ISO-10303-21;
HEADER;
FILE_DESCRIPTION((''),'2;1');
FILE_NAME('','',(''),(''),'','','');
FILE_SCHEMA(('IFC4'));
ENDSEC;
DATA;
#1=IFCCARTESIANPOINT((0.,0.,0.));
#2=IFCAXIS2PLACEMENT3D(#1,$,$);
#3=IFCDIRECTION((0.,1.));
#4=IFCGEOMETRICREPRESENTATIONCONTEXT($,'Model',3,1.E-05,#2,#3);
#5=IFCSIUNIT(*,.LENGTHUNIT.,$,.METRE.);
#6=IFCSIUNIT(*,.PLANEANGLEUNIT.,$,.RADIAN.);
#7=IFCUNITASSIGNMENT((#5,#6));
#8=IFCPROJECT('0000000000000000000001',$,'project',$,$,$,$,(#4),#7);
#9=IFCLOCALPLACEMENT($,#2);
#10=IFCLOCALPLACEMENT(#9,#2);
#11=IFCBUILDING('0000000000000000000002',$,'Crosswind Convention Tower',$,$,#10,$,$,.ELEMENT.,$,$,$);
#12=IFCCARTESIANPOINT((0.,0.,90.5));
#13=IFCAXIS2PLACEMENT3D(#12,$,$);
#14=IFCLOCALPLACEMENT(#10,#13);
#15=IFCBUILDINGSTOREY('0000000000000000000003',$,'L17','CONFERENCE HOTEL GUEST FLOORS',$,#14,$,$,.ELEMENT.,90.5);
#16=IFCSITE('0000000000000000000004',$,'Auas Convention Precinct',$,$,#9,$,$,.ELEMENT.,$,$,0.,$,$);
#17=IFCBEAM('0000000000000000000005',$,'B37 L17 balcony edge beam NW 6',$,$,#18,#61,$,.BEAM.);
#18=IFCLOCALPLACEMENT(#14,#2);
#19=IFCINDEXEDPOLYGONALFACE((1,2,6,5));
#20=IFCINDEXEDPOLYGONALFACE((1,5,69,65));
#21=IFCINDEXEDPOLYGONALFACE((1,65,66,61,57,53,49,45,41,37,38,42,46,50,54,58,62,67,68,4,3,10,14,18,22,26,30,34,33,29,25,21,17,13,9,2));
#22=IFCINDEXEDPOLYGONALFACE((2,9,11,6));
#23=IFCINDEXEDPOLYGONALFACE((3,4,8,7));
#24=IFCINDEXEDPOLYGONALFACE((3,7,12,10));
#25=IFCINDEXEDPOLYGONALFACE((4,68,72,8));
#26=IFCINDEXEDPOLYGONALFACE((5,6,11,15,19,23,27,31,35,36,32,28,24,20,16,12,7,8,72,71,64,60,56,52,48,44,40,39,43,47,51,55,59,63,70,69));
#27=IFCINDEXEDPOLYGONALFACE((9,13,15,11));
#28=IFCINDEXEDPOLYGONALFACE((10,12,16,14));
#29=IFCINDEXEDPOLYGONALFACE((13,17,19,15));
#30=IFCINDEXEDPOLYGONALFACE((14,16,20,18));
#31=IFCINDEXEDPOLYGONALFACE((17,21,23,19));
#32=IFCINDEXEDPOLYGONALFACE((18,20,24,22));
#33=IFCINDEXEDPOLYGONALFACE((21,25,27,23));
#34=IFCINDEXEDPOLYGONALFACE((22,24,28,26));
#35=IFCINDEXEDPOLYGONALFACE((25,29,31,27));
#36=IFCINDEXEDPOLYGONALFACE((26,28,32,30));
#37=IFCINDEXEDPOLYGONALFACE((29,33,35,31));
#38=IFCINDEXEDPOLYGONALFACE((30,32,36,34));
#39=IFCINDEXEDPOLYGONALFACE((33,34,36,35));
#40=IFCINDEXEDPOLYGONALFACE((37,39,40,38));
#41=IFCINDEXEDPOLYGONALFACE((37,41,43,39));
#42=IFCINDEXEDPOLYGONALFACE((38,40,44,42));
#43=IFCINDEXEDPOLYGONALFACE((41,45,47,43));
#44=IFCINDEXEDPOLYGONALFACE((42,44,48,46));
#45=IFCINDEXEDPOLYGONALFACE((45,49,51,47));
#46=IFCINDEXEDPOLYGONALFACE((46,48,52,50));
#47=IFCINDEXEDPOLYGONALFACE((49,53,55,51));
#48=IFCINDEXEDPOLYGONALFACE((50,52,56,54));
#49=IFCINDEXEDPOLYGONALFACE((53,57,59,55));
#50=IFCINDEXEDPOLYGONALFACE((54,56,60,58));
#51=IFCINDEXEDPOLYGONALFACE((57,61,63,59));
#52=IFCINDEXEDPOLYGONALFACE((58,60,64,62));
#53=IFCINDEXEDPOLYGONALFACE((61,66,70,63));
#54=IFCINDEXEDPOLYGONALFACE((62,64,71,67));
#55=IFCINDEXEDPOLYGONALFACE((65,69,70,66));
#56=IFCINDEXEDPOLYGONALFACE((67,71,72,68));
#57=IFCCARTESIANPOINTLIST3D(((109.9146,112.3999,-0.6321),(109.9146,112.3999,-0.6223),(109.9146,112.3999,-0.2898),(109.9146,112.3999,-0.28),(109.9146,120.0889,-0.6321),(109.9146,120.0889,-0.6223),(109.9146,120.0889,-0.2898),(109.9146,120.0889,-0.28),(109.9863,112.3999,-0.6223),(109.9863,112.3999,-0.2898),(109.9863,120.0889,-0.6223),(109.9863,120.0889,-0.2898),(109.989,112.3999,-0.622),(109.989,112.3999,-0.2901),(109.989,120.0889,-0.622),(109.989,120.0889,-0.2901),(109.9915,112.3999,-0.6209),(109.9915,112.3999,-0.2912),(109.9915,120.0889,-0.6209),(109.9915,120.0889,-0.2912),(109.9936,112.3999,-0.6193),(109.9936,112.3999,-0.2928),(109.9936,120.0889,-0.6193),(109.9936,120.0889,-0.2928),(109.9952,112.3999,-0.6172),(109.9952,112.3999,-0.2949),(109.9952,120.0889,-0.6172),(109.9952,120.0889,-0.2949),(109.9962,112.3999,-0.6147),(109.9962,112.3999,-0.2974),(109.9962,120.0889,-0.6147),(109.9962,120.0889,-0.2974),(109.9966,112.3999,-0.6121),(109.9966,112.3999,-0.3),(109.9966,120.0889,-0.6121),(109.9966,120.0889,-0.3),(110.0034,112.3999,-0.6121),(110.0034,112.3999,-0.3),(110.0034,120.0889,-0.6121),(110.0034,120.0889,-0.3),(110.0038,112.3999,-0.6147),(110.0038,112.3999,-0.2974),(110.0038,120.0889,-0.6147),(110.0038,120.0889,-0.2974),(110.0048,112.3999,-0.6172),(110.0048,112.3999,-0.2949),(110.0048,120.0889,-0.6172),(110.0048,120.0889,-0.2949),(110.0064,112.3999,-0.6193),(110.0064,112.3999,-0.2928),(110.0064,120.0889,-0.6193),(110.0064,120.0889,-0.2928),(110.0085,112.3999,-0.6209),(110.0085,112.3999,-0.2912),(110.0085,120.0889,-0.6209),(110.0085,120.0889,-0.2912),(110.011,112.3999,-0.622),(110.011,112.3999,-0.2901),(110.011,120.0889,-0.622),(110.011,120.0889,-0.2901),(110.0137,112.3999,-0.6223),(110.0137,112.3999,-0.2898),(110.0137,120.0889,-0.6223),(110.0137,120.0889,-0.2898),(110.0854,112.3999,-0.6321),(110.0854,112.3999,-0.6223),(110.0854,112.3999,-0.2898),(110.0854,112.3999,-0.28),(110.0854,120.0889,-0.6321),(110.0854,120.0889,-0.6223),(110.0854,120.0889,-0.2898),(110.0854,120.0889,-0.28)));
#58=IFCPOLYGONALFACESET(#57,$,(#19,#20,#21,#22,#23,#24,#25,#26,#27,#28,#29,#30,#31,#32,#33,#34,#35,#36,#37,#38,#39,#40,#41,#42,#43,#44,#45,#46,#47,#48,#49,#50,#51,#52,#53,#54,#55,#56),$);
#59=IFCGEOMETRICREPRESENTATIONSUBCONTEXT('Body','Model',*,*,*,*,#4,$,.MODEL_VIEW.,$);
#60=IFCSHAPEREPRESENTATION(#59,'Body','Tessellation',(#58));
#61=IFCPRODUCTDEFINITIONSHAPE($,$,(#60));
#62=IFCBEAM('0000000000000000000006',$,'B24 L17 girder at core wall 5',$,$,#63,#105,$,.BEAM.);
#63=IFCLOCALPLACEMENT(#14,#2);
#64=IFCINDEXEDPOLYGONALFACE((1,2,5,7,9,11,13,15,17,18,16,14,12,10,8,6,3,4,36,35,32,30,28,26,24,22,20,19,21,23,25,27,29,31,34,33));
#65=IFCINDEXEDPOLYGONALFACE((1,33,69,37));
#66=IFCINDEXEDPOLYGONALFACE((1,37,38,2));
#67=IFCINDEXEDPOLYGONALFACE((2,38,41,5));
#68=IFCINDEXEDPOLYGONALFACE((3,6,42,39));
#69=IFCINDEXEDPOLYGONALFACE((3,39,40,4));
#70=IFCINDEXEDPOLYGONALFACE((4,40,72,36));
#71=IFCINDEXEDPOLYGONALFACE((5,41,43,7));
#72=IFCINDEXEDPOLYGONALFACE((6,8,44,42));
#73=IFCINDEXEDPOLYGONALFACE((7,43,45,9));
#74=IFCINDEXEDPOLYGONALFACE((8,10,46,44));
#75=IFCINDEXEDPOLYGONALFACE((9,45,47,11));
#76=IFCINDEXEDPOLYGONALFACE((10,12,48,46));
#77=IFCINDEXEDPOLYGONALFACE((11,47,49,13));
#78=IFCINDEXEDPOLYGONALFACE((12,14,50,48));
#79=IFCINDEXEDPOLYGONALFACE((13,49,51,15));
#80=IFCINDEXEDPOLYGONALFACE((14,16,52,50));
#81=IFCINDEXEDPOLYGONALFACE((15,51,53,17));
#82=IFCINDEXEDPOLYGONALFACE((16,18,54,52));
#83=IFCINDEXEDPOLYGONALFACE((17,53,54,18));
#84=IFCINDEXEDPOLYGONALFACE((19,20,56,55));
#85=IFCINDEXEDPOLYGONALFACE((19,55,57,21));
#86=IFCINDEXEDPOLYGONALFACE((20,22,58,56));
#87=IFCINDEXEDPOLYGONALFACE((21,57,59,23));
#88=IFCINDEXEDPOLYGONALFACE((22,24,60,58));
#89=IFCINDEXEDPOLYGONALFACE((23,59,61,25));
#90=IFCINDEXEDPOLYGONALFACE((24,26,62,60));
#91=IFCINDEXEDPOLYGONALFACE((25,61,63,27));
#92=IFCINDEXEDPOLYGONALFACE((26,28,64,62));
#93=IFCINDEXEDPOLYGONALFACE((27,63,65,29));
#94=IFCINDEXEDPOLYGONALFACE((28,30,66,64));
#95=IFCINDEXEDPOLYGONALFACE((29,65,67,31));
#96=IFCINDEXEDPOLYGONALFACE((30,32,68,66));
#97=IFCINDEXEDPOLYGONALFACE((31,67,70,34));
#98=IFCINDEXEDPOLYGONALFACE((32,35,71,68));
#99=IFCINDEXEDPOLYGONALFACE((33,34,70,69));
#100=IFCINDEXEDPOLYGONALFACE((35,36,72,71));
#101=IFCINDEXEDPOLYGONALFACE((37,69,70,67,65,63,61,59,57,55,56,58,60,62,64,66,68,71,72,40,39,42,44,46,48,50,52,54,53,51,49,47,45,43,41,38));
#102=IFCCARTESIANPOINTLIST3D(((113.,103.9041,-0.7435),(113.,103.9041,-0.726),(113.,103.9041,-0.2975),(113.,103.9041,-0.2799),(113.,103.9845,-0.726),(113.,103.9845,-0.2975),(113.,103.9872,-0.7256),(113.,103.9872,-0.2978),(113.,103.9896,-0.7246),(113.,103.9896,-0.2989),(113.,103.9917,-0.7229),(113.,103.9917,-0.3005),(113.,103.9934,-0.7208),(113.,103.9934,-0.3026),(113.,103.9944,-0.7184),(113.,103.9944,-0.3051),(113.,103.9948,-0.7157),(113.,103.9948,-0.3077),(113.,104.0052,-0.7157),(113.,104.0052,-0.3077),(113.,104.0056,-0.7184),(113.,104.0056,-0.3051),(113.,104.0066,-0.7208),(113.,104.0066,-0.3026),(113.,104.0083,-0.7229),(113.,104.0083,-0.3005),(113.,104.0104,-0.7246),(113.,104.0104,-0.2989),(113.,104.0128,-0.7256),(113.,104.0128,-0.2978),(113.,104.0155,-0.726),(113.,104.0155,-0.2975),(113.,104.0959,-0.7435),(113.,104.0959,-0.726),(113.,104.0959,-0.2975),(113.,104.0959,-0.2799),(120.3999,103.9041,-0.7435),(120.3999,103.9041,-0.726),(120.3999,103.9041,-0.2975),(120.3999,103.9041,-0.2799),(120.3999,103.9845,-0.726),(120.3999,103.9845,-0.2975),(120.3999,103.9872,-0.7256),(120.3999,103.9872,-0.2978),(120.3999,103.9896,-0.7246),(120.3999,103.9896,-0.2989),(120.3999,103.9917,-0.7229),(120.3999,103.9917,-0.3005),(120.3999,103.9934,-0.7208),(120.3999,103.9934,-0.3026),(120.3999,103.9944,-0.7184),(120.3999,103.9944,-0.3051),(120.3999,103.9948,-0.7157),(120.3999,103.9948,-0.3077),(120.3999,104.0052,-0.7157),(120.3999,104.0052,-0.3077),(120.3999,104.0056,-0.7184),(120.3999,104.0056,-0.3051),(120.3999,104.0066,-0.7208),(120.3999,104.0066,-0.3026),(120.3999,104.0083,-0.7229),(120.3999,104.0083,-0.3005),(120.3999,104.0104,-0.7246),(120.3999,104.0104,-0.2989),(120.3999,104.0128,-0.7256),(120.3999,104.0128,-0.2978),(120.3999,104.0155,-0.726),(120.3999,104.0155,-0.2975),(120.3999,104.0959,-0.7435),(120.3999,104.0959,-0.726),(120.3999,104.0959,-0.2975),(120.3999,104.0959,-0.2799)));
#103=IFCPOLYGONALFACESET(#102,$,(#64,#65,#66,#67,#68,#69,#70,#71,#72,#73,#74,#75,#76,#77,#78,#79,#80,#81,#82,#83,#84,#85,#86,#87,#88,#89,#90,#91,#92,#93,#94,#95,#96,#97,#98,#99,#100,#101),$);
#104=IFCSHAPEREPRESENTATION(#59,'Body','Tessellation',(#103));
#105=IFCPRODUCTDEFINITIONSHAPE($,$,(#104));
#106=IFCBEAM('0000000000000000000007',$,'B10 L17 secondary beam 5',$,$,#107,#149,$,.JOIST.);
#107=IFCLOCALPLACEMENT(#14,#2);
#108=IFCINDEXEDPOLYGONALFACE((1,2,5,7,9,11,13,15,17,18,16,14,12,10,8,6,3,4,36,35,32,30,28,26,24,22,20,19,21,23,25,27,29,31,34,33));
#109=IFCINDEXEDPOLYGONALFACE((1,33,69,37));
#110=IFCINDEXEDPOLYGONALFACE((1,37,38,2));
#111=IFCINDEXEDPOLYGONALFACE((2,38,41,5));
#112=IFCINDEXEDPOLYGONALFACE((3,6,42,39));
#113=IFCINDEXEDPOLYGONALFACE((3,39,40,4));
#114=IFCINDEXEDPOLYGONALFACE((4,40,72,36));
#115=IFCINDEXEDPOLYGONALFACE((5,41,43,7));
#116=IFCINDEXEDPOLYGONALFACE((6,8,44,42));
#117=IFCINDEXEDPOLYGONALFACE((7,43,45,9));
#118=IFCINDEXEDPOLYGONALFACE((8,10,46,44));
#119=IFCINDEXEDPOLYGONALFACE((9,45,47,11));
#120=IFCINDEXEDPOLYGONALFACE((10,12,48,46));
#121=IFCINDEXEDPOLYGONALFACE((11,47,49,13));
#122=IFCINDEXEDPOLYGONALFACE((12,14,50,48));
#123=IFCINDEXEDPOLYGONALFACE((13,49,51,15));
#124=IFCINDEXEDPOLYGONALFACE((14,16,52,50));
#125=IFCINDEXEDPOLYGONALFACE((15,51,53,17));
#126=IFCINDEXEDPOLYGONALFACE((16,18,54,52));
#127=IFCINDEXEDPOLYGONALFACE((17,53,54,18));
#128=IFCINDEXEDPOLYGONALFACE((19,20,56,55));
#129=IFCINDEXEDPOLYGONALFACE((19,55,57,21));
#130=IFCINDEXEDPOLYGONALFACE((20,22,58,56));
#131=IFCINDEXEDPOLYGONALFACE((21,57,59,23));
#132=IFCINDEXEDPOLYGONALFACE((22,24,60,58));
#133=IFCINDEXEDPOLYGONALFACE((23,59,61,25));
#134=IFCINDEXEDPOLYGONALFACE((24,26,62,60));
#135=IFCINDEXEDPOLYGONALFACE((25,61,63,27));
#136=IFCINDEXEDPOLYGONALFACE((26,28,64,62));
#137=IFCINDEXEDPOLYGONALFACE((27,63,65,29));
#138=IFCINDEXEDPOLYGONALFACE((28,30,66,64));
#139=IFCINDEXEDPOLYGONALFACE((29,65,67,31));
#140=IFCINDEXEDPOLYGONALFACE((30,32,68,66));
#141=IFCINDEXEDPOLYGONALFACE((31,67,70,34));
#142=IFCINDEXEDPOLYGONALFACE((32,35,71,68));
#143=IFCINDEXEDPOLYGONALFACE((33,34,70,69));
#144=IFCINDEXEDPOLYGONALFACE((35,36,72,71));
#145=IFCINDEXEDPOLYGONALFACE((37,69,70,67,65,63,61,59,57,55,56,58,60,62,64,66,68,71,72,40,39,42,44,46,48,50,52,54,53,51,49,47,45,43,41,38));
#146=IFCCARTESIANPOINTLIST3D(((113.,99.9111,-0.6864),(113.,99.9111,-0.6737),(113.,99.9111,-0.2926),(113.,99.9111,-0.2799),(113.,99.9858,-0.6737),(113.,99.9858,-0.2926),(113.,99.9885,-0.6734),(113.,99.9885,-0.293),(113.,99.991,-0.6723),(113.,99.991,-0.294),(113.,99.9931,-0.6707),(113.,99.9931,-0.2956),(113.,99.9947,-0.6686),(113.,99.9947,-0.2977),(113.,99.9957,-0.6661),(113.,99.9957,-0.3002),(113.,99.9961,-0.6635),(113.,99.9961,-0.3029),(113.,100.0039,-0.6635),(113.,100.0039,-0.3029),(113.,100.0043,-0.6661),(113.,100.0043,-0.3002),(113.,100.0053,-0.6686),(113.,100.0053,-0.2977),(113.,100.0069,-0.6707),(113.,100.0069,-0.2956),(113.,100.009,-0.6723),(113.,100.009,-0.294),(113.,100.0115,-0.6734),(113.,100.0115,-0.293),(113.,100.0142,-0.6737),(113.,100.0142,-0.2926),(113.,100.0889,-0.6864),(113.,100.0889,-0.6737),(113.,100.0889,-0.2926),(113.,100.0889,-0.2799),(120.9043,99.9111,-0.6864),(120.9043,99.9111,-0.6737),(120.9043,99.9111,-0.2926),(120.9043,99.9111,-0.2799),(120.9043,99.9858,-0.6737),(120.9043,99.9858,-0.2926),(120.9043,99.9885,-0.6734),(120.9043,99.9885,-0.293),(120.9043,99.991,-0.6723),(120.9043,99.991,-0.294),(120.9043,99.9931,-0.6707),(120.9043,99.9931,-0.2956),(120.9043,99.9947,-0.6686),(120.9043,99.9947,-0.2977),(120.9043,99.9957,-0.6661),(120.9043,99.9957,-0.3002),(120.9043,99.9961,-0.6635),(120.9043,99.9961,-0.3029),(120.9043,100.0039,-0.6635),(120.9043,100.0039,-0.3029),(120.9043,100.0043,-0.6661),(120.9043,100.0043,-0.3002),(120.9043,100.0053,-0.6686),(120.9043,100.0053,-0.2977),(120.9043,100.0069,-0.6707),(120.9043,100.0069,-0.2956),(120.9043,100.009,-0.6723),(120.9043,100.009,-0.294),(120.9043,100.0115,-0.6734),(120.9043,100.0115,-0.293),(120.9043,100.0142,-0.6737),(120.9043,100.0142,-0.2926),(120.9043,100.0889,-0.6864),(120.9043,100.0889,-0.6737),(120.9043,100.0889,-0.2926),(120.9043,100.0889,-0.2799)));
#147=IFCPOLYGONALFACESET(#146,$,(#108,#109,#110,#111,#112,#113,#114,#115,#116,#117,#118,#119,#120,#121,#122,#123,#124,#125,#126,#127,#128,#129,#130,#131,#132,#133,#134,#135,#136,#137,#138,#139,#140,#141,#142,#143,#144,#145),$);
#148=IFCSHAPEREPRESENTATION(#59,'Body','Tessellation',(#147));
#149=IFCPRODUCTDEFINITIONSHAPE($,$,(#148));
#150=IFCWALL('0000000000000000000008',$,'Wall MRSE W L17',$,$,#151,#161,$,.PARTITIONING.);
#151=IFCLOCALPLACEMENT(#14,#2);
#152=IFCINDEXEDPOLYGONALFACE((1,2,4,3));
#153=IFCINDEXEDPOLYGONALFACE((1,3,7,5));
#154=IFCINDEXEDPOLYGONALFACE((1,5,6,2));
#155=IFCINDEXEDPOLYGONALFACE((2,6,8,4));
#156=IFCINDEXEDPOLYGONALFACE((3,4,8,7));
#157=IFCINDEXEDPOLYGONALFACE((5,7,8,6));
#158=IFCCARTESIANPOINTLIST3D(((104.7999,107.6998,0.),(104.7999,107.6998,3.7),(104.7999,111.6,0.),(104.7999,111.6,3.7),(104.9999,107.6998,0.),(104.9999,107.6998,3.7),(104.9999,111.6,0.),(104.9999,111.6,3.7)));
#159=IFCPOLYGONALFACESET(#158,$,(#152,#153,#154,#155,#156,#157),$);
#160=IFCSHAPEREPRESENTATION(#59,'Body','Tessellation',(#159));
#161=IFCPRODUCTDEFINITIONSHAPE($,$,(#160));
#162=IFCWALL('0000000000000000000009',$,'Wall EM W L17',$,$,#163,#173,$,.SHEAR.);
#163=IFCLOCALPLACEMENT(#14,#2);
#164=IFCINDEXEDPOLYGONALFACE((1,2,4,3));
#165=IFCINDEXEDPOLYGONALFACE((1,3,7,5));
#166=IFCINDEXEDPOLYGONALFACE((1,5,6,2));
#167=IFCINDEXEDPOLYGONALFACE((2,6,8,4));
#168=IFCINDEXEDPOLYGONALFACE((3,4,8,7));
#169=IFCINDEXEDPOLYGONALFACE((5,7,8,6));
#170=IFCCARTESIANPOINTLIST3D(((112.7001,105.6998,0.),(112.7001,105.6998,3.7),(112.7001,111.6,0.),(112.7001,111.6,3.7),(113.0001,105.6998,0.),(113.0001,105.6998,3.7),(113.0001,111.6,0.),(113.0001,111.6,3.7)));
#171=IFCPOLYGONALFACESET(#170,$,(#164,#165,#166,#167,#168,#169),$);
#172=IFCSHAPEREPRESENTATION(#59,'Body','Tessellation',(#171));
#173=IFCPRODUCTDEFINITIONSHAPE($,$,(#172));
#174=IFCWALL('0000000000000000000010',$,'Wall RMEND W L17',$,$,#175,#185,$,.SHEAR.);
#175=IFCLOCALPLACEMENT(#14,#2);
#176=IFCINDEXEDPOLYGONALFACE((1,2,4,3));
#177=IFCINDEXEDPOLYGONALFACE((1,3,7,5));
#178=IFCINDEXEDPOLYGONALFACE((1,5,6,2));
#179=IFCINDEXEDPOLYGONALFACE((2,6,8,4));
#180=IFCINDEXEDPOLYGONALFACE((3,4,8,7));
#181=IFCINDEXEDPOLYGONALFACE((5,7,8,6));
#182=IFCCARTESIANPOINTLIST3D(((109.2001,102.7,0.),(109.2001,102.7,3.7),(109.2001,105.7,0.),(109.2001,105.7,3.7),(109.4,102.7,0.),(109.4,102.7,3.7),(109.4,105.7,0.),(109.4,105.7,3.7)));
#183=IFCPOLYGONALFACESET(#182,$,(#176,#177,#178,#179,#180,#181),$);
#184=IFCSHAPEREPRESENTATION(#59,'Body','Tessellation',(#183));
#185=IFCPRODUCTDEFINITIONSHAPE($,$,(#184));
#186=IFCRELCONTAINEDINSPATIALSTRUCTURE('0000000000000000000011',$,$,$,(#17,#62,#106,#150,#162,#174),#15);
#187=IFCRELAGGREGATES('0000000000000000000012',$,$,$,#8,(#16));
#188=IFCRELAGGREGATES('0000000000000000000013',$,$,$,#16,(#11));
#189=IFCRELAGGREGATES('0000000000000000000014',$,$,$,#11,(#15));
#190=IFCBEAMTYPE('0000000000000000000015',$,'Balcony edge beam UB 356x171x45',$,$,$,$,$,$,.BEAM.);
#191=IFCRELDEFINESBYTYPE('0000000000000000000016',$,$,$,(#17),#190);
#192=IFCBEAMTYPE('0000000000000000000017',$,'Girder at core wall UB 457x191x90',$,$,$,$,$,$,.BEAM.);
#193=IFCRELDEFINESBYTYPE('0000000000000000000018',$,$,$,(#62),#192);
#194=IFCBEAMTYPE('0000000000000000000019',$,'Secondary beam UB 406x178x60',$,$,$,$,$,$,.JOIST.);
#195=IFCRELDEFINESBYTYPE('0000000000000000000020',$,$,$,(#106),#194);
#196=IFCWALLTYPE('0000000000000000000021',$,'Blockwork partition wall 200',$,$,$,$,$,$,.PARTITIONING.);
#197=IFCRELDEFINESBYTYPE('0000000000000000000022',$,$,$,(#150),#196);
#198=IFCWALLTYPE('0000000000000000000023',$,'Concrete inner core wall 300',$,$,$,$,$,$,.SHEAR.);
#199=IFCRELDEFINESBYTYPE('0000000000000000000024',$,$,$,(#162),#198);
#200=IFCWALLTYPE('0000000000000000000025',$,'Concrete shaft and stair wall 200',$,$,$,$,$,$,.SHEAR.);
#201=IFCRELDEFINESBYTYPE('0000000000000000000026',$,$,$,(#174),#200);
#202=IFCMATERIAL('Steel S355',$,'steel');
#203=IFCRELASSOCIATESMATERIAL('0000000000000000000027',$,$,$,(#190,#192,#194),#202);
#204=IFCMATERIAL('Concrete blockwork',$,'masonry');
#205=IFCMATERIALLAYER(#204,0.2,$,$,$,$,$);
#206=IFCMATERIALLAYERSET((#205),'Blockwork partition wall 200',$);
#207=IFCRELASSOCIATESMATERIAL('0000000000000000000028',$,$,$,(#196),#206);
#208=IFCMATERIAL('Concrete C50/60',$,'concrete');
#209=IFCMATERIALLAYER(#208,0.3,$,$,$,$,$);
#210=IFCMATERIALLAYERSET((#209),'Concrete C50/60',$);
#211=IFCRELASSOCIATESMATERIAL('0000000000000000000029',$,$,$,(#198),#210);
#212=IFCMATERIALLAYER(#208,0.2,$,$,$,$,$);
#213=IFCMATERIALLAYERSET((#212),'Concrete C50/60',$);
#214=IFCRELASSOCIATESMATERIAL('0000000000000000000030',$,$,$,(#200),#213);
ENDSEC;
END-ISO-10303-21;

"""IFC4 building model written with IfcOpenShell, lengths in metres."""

from ifc_helpers import new_model, si_unit, direction, frame, frame_2d, origin, origin_2d, place, context, subcontext, project, spatial, rectangle, i_section, extrude, material, layer, layer_set, material_profile, profile_set, type_object, element, save


model = new_model("IFC4")

# Units and contexts
model_context = context("Model", 3, precision=1e-05, world=origin(), true_north=direction((0.0, 1.0)))
body_context = subcontext(model_context, "Body", "Model", "MODEL_VIEW")
ifc_project = project(units=[si_unit("LENGTHUNIT", "METRE"), si_unit("PLANEANGLEUNIT", "RADIAN")], contexts=[model_context])

# Site, building, storey
site_placement = place(None, origin())
site = spatial("IfcSite", under=ifc_project, at=site_placement, Name="Auas Convention Precinct", CompositionType="ELEMENT", RefElevation=0.0)
building_placement = place(site_placement, origin())
building = spatial("IfcBuilding", under=site, at=building_placement, Name="Crosswind Convention Tower", CompositionType="ELEMENT")
storey_placement = place(building_placement, frame((0.0, 0.0, 90.5)))
storey = spatial("IfcBuildingStorey", under=building, at=storey_placement, Name="L17", Description="CONFERENCE HOTEL GUEST FLOORS", CompositionType="ELEMENT", Elevation=90.5)

# Beams
ifc_material_1 = material(Name="Steel S355", Category="steel")
ifc_material_profile_1 = material_profile(ifc_material_1, i_section(OverallWidth=0.1709, OverallDepth=0.3521, WebThickness=0.0068, FlangeThickness=0.0098, FilletRadius=0.0103, at=origin_2d()), Name="UB 356x171x45")
ifc_profile_set_1 = profile_set([ifc_material_profile_1], Name="Steel S355")
beam_type_1 = type_object("IfcBeamType", Name="Balcony edge beam UB 356x171x45", PredefinedType="BEAM", material=ifc_profile_set_1)
beam_1_placement = place(storey_placement, frame((110.0, 112.3999, -0.4561), z_axis=(0.0, 1.0, 0.0), x_axis=(-1.0, 0.0, 0.0)))
element("IfcBeam", 1, at=beam_1_placement, inside=storey, type_object=beam_type_1, Name="B37 L17 balcony edge beam NW 6", PredefinedType="BEAM", context=body_context, shape_type="SweptSolid", body=[
    extrude(i_section(OverallWidth=0.1709, OverallDepth=0.3521, WebThickness=0.0068, FlangeThickness=0.0098, FilletRadius=0.0103, at=origin_2d()), origin(), (0.0, 0.0, 1.0), 7.689),
])
ifc_material_profile_2 = material_profile(ifc_material_1, i_section(OverallWidth=0.1919, OverallDepth=0.4636, WebThickness=0.0105, FlangeThickness=0.0176, FilletRadius=0.0103, at=origin_2d()), Name="UB 457x191x90")
ifc_profile_set_2 = profile_set([ifc_material_profile_2], Name="Steel S355")
beam_type_2 = type_object("IfcBeamType", Name="Girder at core wall UB 457x191x90", PredefinedType="BEAM", material=ifc_profile_set_2)
beam_2_placement = place(storey_placement, frame((113.0, 104.0, -0.5117), z_axis=(1.0, 0.0, 0.0), x_axis=(0.0, 1.0, 0.0)))
element("IfcBeam", 2, at=beam_2_placement, inside=storey, type_object=beam_type_2, Name="B24 L17 girder at core wall 5", PredefinedType="BEAM", context=body_context, shape_type="SweptSolid", body=[
    extrude(i_section(OverallWidth=0.1919, OverallDepth=0.4636, WebThickness=0.0105, FlangeThickness=0.0176, FilletRadius=0.0103, at=origin_2d()), origin(), (0.0, 0.0, 1.0), 7.3999),
])
ifc_material_profile_3 = material_profile(ifc_material_1, i_section(OverallWidth=0.1777, OverallDepth=0.4065, WebThickness=0.0078, FlangeThickness=0.0127, FilletRadius=0.0103, at=origin_2d()), Name="UB 406x178x60")
ifc_profile_set_3 = profile_set([ifc_material_profile_3], Name="Steel S355")
beam_type_3 = type_object("IfcBeamType", Name="Secondary beam UB 406x178x60", PredefinedType="JOIST", material=ifc_profile_set_3)
beam_3_placement = place(storey_placement, frame((113.0, 100.0, -0.4832), z_axis=(1.0, 0.0, 0.0), x_axis=(0.0, 1.0, 0.0)))
element("IfcBeam", 3, at=beam_3_placement, inside=storey, type_object=beam_type_3, Name="B10 L17 secondary beam 5", PredefinedType="JOIST", context=body_context, shape_type="SweptSolid", body=[
    extrude(i_section(OverallWidth=0.1777, OverallDepth=0.4065, WebThickness=0.0078, FlangeThickness=0.0127, FilletRadius=0.0103, at=origin_2d()), origin(), (0.0, 0.0, 1.0), 7.9043),
])

# Wall
ifc_material_2 = material(Name="Concrete blockwork", Category="masonry")
ifc_layer_1 = layer(ifc_material_2, 0.2)
ifc_layer_set_1 = layer_set([ifc_layer_1], Name="Blockwork partition wall 200")
wall_type_1 = type_object("IfcWallType", Name="Blockwork partition wall 200", PredefinedType="PARTITIONING", material=ifc_layer_set_1)
wall_1_placement = place(storey_placement, frame((104.8999, 111.6001, 0.0), z_axis=(0.0, 0.0, 1.0), x_axis=(0.0, -1.0, 0.0)))
element("IfcWall", 4, at=wall_1_placement, inside=storey, type_object=wall_type_1, Name="Wall MRSE W L17", PredefinedType="PARTITIONING", context=body_context, shape_type="SweptSolid", body=[
    extrude(rectangle(XDim=3.9001, YDim=0.2, at=frame_2d((1.9502, 0.0))), origin(), (0.0, 0.0, 1.0), 3.7),
])

# Shared definitions
ifc_material_3 = material(Name="Concrete C50/60", Category="concrete")
ifc_layer_2 = layer(ifc_material_3, 0.3)
ifc_layer_set_2 = layer_set([ifc_layer_2], Name="Concrete C50/60")
wall_type_2 = type_object("IfcWallType", Name="Concrete inner core wall 300", PredefinedType="SHEAR", material=ifc_layer_set_2)

# Walls
wall_2_placement = place(storey_placement, frame((112.8501, 111.6001, 0.0), z_axis=(0.0, 0.0, 1.0), x_axis=(0.0, -1.0, 0.0)))
element("IfcWall", 5, at=wall_2_placement, inside=storey, type_object=wall_type_2, Name="Wall EM W L17", PredefinedType="SHEAR", context=body_context, shape_type="SweptSolid", body=[
    extrude(rectangle(XDim=5.9001, YDim=0.3, at=frame_2d((2.9502, 0.0))), origin(), (0.0, 0.0, 1.0), 3.7),
])
ifc_layer_3 = layer(ifc_material_3, 0.2)
ifc_layer_set_3 = layer_set([ifc_layer_3], Name="Concrete C50/60")
wall_type_3 = type_object("IfcWallType", Name="Concrete shaft and stair wall 200", PredefinedType="SHEAR", material=ifc_layer_set_3)
wall_3_placement = place(storey_placement, frame((109.3, 105.7, 0.0), z_axis=(0.0, 0.0, 1.0), x_axis=(0.0, -1.0, 0.0)))
element("IfcWall", 6, at=wall_3_placement, inside=storey, type_object=wall_type_3, Name="Wall RMEND W L17", PredefinedType="SHEAR", context=body_context, shape_type="SweptSolid", body=[
    extrude(rectangle(XDim=3.0, YDim=0.2, at=frame_2d((1.5, 0.0))), origin(), (0.0, 0.0, 1.0), 3.7),
])

save(model, "model.ifc")
